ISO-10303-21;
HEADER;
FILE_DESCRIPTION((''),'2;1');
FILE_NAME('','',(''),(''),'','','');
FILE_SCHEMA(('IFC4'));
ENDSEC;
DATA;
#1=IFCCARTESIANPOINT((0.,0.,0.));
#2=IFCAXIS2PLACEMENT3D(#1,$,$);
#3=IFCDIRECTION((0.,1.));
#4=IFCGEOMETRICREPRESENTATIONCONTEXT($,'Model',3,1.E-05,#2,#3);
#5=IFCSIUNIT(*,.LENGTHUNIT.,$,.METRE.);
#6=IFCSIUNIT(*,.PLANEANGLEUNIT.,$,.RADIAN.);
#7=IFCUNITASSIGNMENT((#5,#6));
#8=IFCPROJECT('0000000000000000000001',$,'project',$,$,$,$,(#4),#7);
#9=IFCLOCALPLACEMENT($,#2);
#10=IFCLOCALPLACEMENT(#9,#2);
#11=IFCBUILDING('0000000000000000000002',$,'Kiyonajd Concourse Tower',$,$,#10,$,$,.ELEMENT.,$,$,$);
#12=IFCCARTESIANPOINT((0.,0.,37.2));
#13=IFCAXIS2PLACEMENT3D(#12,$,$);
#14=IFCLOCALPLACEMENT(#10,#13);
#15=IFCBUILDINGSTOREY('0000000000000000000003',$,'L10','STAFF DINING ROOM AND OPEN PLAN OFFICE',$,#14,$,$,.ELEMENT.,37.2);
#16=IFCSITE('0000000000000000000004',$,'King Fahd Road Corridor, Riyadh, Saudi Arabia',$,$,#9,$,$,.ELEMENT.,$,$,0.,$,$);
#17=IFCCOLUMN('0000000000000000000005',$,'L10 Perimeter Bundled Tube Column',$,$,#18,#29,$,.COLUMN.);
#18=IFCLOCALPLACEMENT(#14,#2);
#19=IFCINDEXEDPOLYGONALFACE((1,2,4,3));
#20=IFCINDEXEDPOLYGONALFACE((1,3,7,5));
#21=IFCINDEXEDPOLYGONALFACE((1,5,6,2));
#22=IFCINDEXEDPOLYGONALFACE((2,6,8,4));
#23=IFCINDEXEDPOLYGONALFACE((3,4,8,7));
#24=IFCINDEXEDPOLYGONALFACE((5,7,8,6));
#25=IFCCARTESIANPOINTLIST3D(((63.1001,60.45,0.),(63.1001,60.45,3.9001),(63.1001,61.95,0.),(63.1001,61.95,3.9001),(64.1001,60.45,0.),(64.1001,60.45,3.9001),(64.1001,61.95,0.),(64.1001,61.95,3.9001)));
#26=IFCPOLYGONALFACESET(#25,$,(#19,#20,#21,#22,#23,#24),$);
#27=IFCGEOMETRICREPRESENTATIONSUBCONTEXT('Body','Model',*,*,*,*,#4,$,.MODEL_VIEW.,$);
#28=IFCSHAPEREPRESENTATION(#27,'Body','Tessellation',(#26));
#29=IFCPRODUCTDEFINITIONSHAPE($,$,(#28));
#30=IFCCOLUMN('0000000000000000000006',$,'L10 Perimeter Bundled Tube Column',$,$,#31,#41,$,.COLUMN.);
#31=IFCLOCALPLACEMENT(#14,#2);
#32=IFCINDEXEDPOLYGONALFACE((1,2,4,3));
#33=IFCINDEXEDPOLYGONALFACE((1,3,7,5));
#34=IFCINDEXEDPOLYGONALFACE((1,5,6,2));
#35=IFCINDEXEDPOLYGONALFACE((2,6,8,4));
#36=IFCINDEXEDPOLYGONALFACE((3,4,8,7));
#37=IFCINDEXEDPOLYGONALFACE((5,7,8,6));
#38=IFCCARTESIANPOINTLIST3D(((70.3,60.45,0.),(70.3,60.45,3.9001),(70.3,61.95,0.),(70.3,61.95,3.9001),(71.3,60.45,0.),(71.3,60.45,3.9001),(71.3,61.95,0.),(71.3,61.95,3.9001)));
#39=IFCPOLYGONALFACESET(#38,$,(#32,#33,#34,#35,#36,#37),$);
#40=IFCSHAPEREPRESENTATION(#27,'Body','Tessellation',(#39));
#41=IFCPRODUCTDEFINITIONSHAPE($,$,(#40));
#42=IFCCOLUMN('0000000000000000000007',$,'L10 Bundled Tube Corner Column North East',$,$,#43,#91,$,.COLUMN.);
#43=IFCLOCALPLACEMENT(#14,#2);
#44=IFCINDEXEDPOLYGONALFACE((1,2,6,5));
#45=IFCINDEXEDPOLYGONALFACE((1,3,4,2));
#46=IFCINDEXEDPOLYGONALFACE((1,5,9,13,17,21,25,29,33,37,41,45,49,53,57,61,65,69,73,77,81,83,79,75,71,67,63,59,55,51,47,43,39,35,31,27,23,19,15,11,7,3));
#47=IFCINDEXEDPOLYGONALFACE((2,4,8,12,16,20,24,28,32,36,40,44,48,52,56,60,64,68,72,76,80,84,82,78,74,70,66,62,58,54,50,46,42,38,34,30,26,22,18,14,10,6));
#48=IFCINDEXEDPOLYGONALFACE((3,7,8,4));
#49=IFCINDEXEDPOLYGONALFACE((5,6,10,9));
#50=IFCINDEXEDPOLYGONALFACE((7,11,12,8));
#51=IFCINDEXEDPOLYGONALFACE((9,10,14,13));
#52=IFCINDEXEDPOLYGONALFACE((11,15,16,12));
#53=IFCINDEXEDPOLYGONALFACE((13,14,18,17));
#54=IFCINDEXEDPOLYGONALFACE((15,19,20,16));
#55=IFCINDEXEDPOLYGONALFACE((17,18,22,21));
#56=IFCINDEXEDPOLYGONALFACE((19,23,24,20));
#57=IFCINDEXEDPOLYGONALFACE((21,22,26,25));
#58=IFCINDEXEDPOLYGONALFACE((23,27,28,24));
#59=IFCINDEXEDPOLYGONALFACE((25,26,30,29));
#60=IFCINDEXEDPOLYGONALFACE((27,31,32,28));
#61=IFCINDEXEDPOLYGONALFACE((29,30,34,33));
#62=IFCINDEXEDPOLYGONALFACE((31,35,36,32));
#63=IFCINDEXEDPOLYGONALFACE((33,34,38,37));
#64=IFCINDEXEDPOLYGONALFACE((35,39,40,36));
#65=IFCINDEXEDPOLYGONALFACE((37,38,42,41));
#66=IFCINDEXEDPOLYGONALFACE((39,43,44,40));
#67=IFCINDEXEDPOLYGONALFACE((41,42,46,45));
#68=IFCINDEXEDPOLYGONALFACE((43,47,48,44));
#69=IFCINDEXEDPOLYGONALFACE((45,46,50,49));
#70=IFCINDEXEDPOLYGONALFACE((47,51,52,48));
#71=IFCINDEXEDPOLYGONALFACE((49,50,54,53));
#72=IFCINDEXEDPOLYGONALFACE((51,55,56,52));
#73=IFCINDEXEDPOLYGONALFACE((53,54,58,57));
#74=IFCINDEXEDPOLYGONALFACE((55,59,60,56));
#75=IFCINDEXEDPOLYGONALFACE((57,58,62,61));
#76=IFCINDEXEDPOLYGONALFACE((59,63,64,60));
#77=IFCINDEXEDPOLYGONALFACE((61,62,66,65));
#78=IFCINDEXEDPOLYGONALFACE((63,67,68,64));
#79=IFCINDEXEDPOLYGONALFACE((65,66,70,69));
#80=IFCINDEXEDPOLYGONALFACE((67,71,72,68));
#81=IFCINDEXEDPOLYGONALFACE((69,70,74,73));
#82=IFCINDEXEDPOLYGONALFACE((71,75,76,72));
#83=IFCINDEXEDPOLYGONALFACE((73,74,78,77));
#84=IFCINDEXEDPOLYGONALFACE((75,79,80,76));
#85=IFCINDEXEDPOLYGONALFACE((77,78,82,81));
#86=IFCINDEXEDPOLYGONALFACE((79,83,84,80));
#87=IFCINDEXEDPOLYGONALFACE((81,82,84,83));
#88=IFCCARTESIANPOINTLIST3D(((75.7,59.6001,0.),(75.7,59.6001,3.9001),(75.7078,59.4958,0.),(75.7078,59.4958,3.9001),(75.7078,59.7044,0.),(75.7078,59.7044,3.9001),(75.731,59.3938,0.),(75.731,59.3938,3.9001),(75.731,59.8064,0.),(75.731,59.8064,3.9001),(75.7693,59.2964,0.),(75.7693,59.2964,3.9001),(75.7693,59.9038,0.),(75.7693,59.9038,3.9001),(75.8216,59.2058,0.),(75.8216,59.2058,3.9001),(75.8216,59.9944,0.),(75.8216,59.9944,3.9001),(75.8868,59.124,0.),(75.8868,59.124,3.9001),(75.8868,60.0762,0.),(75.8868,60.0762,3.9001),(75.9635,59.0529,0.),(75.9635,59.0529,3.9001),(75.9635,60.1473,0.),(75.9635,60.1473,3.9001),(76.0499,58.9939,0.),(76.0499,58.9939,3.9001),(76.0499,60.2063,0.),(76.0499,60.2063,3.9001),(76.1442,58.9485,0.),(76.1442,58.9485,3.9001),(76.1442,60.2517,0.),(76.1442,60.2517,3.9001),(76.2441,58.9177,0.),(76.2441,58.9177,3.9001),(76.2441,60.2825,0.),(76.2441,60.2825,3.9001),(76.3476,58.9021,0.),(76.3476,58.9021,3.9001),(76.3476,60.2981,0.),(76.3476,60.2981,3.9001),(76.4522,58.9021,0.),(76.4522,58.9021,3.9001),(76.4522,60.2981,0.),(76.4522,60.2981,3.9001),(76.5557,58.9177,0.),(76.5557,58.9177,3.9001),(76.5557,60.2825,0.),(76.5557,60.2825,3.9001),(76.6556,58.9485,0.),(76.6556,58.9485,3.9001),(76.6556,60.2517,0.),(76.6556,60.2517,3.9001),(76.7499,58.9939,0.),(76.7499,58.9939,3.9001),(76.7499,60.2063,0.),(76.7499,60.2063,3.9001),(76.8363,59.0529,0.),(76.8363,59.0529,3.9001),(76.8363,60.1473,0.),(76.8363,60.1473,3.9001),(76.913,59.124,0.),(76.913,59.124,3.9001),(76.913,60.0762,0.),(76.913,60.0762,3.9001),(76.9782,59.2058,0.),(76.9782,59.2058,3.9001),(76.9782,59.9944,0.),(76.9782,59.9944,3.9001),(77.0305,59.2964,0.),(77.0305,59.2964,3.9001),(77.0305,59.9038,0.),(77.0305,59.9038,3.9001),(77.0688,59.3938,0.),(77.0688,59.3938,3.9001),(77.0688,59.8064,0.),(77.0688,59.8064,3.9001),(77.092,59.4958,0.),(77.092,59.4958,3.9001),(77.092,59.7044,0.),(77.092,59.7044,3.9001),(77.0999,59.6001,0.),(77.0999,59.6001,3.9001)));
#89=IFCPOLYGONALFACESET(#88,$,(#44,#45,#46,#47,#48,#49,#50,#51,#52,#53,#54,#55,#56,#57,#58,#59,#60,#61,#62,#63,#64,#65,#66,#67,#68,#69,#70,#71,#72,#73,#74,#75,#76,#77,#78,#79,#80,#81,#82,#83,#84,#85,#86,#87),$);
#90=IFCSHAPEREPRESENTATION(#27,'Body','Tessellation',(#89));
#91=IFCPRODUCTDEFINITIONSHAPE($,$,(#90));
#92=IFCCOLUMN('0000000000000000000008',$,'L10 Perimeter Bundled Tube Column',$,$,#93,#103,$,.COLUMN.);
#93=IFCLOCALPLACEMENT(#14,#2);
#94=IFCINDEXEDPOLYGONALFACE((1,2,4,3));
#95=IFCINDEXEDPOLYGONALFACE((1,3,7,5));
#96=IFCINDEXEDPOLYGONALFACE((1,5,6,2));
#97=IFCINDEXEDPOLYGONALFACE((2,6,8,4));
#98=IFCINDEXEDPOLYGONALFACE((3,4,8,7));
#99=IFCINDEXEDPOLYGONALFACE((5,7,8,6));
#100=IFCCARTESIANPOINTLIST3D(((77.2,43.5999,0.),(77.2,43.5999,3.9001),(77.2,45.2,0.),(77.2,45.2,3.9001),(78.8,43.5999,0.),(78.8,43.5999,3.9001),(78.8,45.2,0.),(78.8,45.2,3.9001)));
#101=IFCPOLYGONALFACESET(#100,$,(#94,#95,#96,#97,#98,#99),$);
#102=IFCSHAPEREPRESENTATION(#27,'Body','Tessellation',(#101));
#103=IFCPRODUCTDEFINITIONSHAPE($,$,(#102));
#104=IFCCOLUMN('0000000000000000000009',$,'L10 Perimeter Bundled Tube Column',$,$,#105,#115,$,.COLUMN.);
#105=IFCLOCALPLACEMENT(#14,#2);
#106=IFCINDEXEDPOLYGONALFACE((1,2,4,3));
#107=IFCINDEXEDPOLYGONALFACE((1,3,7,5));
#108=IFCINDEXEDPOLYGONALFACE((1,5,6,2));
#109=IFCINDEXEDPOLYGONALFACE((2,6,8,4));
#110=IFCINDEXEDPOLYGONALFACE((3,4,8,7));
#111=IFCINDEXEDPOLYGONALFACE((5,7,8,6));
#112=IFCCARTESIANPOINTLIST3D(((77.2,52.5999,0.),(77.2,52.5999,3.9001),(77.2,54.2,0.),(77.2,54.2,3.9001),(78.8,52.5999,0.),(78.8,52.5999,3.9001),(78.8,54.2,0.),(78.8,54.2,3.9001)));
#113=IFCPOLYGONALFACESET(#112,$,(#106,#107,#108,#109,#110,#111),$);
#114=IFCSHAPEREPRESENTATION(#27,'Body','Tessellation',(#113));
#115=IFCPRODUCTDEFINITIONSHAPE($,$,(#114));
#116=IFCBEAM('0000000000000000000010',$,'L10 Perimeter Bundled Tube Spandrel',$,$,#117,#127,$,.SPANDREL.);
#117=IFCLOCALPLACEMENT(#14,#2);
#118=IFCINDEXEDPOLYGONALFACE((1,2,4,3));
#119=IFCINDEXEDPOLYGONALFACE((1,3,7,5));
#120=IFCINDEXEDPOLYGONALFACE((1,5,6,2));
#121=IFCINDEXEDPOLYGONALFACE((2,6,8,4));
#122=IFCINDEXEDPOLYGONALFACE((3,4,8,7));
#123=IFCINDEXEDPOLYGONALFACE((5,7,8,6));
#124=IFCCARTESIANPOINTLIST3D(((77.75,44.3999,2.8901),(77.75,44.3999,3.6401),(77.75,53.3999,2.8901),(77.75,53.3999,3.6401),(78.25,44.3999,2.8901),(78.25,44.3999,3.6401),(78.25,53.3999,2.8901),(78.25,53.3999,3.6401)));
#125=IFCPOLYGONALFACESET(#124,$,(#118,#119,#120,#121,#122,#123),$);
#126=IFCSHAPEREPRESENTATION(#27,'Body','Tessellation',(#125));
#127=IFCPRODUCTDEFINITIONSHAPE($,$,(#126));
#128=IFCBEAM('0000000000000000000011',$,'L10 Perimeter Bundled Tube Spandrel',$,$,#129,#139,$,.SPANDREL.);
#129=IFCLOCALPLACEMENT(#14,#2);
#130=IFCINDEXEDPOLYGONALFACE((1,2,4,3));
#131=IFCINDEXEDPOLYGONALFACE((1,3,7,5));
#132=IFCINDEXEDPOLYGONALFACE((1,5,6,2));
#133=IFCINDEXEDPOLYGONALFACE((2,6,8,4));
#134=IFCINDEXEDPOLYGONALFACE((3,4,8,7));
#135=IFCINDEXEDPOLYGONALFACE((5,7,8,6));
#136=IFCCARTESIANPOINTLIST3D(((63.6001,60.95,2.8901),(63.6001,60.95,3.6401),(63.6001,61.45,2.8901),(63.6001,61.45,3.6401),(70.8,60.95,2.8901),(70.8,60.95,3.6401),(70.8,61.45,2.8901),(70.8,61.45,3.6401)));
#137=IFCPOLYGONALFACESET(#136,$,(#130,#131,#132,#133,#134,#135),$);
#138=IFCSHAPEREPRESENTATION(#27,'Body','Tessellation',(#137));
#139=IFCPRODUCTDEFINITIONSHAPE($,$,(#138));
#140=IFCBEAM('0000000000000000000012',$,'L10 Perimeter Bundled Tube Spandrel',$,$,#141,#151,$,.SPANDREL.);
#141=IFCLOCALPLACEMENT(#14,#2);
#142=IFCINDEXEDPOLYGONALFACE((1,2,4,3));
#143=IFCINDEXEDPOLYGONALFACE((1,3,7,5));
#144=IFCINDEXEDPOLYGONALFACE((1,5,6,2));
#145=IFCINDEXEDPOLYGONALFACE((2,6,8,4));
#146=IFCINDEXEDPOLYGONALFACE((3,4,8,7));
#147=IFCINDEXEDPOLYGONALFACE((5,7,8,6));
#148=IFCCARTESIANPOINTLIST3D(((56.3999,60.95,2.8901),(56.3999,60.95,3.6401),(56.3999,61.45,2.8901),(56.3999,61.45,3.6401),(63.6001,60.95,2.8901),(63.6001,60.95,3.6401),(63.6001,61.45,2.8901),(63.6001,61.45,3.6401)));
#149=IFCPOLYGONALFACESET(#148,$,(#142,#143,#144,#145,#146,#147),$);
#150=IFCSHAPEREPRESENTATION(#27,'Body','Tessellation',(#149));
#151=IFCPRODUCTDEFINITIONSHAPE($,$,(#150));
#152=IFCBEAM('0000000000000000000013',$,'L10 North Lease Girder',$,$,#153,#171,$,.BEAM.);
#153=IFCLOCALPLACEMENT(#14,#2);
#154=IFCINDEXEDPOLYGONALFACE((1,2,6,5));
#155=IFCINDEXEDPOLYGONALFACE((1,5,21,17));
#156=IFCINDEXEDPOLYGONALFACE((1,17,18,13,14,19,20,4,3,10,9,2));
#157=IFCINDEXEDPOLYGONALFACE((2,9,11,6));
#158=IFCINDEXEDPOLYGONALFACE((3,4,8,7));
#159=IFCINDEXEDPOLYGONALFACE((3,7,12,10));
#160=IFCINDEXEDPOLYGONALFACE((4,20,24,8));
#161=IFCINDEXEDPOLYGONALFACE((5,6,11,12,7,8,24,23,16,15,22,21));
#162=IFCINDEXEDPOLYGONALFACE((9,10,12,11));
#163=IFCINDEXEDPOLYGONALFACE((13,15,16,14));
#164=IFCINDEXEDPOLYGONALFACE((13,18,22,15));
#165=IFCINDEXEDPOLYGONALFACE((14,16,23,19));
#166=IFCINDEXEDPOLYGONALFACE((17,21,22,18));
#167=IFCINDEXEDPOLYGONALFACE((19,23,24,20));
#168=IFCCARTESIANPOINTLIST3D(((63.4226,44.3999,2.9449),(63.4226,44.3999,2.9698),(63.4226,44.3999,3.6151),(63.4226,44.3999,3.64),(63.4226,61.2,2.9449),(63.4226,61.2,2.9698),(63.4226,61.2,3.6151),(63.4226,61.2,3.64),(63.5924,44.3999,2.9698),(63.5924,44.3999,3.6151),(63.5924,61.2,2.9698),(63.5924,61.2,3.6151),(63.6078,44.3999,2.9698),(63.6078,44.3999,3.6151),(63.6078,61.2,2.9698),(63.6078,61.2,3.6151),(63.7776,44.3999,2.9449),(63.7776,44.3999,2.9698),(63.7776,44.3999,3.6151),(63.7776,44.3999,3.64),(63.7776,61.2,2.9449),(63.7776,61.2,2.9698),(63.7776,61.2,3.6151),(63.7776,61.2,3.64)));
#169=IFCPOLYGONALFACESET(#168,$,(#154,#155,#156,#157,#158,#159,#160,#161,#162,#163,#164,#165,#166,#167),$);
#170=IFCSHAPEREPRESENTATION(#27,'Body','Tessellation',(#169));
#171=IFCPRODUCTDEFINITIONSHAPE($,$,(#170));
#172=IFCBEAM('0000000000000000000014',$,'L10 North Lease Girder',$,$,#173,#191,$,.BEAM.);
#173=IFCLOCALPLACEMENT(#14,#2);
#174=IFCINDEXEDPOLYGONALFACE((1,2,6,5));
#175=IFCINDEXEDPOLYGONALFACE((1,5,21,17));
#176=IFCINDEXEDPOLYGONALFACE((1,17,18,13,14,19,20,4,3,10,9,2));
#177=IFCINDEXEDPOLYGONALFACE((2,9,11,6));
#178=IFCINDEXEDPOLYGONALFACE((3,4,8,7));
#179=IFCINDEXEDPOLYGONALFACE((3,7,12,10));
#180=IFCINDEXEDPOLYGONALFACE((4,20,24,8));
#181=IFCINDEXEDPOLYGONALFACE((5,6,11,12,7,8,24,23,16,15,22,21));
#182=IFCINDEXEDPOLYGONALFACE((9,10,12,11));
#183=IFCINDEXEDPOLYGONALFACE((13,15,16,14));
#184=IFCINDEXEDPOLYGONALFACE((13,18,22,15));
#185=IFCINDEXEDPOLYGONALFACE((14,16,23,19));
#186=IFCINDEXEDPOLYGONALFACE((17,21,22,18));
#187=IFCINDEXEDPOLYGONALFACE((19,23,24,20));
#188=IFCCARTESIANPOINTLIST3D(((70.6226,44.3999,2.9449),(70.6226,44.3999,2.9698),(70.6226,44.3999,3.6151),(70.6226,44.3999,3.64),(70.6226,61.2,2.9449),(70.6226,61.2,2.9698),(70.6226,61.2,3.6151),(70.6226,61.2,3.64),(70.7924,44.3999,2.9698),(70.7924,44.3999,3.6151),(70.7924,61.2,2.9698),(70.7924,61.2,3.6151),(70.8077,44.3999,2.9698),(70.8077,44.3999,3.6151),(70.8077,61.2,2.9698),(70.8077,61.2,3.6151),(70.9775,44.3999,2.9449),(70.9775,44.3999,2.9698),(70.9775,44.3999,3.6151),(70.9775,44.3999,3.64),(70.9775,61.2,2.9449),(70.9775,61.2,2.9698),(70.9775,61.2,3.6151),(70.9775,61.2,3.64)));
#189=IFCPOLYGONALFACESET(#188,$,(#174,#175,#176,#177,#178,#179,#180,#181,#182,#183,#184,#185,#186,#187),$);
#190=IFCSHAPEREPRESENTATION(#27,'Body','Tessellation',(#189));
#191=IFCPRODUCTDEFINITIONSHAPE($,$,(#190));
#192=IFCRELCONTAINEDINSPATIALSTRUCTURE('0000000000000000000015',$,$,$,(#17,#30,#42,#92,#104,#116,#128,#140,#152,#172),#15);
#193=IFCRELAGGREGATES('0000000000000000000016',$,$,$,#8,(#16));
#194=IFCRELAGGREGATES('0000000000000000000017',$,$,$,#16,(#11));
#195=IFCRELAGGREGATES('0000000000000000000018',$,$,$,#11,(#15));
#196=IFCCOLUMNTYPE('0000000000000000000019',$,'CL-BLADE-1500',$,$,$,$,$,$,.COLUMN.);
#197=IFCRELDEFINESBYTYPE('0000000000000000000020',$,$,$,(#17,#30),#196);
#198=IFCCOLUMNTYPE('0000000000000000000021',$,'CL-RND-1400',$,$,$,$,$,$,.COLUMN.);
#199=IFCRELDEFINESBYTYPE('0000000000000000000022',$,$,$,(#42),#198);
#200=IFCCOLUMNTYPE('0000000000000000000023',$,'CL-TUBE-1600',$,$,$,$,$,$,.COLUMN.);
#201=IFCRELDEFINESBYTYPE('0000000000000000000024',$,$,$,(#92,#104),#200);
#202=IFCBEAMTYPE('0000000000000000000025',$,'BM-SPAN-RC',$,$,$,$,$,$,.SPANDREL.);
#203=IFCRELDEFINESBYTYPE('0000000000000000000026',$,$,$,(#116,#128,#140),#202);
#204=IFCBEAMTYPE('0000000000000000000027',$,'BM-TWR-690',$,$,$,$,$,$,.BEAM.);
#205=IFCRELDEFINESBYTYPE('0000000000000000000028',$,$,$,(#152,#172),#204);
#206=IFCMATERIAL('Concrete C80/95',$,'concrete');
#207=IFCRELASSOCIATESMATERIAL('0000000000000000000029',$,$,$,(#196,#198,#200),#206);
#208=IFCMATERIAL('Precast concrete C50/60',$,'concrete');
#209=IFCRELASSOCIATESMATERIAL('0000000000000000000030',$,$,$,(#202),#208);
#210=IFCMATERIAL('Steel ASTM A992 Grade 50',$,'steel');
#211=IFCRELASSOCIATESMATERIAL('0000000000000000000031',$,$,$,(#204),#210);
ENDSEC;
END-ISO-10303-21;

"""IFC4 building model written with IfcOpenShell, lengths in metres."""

from ifc_helpers import new_model, si_unit, direction, frame, origin, origin_2d, place, context, subcontext, project, spatial, rectangle, circle, i_section, extrude, material, material_profile, profile_set, type_object, element, save


model = new_model("IFC4")

# Units and contexts
model_context = context("Model", 3, precision=1e-05, world=origin(), true_north=direction((0.0, 1.0)))
body_context = subcontext(model_context, "Body", "Model", "MODEL_VIEW")
ifc_project = project(units=[si_unit("LENGTHUNIT", "METRE"), si_unit("PLANEANGLEUNIT", "RADIAN")], contexts=[model_context])

# Site, building, storey
site_placement = place(None, origin())
site = spatial("IfcSite", under=ifc_project, at=site_placement, Name="King Fahd Road Corridor, Riyadh, Saudi Arabia", CompositionType="ELEMENT", RefElevation=0.0)
building_placement = place(site_placement, origin())
building = spatial("IfcBuilding", under=site, at=building_placement, Name="Kiyonajd Concourse Tower", CompositionType="ELEMENT")
storey_placement = place(building_placement, frame((0.0, 0.0, 37.2)))
storey = spatial("IfcBuildingStorey", under=building, at=storey_placement, Name="L10", Description="STAFF DINING ROOM AND OPEN PLAN OFFICE", CompositionType="ELEMENT", Elevation=37.2)

# Columns
ifc_material_1 = material(Name="Concrete C80/95", Category="concrete")
ifc_material_profile_1 = material_profile(ifc_material_1, rectangle(XDim=1.0, YDim=1.5, at=origin_2d()), Name="RC-1500x1000")
ifc_profile_set_1 = profile_set([ifc_material_profile_1], Name="Concrete C80/95")
column_type_1 = type_object("IfcColumnType", Name="CL-BLADE-1500", PredefinedType="COLUMN", material=ifc_profile_set_1)
for number, where, z_axis, x_axis, name in (
    (1, (63.6001, 61.2, 0.0), (0.0, 0.0, 1.0), (1.0, 0.0, 0.0), "L10 Perimeter Bundled Tube Column"),
    (2, (70.8, 61.2, 0.0), (0.0, 0.0, 1.0), (1.0, 0.0, 0.0), "L10 Perimeter Bundled Tube Column"),
):
    element("IfcColumn", number, at=place(storey_placement, frame(where, z_axis=z_axis, x_axis=x_axis)), inside=storey, type_object=column_type_1, Name=name, PredefinedType="COLUMN", context=body_context, shape_type="SweptSolid", body=[
        extrude(rectangle(XDim=1.0, YDim=1.5, at=origin_2d()), origin(), (0.0, 0.0, 1.0), 3.9001),
    ])
ifc_material_profile_2 = material_profile(ifc_material_1, circle(Radius=0.7, at=origin_2d()), Name="RCC-D1400")
ifc_profile_set_2 = profile_set([ifc_material_profile_2], Name="Concrete C80/95")
column_type_2 = type_object("IfcColumnType", Name="CL-RND-1400", PredefinedType="COLUMN", material=ifc_profile_set_2)
column_placement = place(storey_placement, frame((76.3999, 59.6001, 0.0), z_axis=(0.0, 0.0, 1.0), x_axis=(1.0, 0.0, 0.0)))
element("IfcColumn", 3, at=column_placement, inside=storey, type_object=column_type_2, Name="L10 Bundled Tube Corner Column North East", PredefinedType="COLUMN", context=body_context, shape_type="SweptSolid", body=[
    extrude(circle(Radius=0.7, at=origin_2d()), origin(), (0.0, 0.0, 1.0), 3.9001),
])
ifc_material_profile_3 = material_profile(ifc_material_1, rectangle(XDim=1.6001, YDim=1.6001, at=origin_2d()), Name="RC-1600x1600")
ifc_profile_set_3 = profile_set([ifc_material_profile_3], Name="Concrete C80/95")
column_type_3 = type_object("IfcColumnType", Name="CL-TUBE-1600", PredefinedType="COLUMN", material=ifc_profile_set_3)
for number, where, z_axis, x_axis, name in (
    (4, (78.0, 44.3999, 0.0), (0.0, 0.0, 1.0), (1.0, 0.0, 0.0), "L10 Perimeter Bundled Tube Column"),
    (5, (78.0, 53.3999, 0.0), (0.0, 0.0, 1.0), (1.0, 0.0, 0.0), "L10 Perimeter Bundled Tube Column"),
):
    element("IfcColumn", number, at=place(storey_placement, frame(where, z_axis=z_axis, x_axis=x_axis)), inside=storey, type_object=column_type_3, Name=name, PredefinedType="COLUMN", context=body_context, shape_type="SweptSolid", body=[
        extrude(rectangle(XDim=1.6001, YDim=1.6001, at=origin_2d()), origin(), (0.0, 0.0, 1.0), 3.9001),
    ])

# Beams
ifc_material_2 = material(Name="Precast concrete C50/60", Category="concrete")
ifc_material_profile_4 = material_profile(ifc_material_2, rectangle(XDim=0.5, YDim=0.75, at=origin_2d()), Name="RCBM-500x750")
ifc_profile_set_4 = profile_set([ifc_material_profile_4], Name="Precast concrete C50/60")
beam_type_1 = type_object("IfcBeamType", Name="BM-SPAN-RC", PredefinedType="SPANDREL", material=ifc_profile_set_4)
beam_1_placement = place(storey_placement, frame((78.0, 44.3999, 3.2651), z_axis=(0.0, 1.0, 0.0), x_axis=(-1.0, 0.0, 0.0)))
element("IfcBeam", 6, at=beam_1_placement, inside=storey, type_object=beam_type_1, Name="L10 Perimeter Bundled Tube Spandrel", PredefinedType="SPANDREL", context=body_context, shape_type="SweptSolid", body=[
    extrude(rectangle(XDim=0.5, YDim=0.75, at=origin_2d()), origin(), (0.0, 0.0, 1.0), 9.0),
])
beam_2_placement = place(storey_placement, frame((70.8, 61.2, 3.2651), z_axis=(-1.0, 0.0, 0.0), x_axis=(0.0, -1.0, 0.0)))
element("IfcBeam", 7, at=beam_2_placement, inside=storey, type_object=beam_type_1, Name="L10 Perimeter Bundled Tube Spandrel", PredefinedType="SPANDREL", context=body_context, shape_type="SweptSolid", body=[
    extrude(rectangle(XDim=0.5, YDim=0.75, at=origin_2d()), origin(), (0.0, 0.0, 1.0), 7.2),
])
beam_3_placement = place(storey_placement, frame((63.6001, 61.2, 3.2651), z_axis=(-1.0, 0.0, 0.0), x_axis=(0.0, -1.0, 0.0)))
element("IfcBeam", 8, at=beam_3_placement, inside=storey, type_object=beam_type_1, Name="L10 Perimeter Bundled Tube Spandrel", PredefinedType="SPANDREL", context=body_context, shape_type="SweptSolid", body=[
    extrude(rectangle(XDim=0.5, YDim=0.75, at=origin_2d()), origin(), (0.0, 0.0, 1.0), 7.2002),
])
ifc_material_3 = material(Name="Steel ASTM A992 Grade 50", Category="steel")
ifc_material_profile_5 = material_profile(ifc_material_3, i_section(OverallWidth=0.355, OverallDepth=0.6951, WebThickness=0.0154, FlangeThickness=0.0249, at=origin_2d()), Name="W690X217")
ifc_profile_set_5 = profile_set([ifc_material_profile_5], Name="Steel ASTM A992 Grade 50")
beam_type_2 = type_object("IfcBeamType", Name="BM-TWR-690", PredefinedType="BEAM", material=ifc_profile_set_5)
for number, where, z_axis, x_axis, name in (
    (9, (63.6001, 44.3999, 3.2925), (0.0, 1.0, 0.0), (-1.0, 0.0, 0.0), "L10 North Lease Girder"),
    (10, (70.8, 44.3999, 3.2925), (0.0, 1.0, 0.0), (-1.0, 0.0, 0.0), "L10 North Lease Girder"),
):
    element("IfcBeam", number, at=place(storey_placement, frame(where, z_axis=z_axis, x_axis=x_axis)), inside=storey, type_object=beam_type_2, Name=name, PredefinedType="BEAM", context=body_context, shape_type="SweptSolid", body=[
        extrude(i_section(OverallWidth=0.355, OverallDepth=0.6951, WebThickness=0.0154, FlangeThickness=0.0249, at=origin_2d()), origin(), (0.0, 0.0, 1.0), 16.8),
    ])

save(model, "model.ifc")
